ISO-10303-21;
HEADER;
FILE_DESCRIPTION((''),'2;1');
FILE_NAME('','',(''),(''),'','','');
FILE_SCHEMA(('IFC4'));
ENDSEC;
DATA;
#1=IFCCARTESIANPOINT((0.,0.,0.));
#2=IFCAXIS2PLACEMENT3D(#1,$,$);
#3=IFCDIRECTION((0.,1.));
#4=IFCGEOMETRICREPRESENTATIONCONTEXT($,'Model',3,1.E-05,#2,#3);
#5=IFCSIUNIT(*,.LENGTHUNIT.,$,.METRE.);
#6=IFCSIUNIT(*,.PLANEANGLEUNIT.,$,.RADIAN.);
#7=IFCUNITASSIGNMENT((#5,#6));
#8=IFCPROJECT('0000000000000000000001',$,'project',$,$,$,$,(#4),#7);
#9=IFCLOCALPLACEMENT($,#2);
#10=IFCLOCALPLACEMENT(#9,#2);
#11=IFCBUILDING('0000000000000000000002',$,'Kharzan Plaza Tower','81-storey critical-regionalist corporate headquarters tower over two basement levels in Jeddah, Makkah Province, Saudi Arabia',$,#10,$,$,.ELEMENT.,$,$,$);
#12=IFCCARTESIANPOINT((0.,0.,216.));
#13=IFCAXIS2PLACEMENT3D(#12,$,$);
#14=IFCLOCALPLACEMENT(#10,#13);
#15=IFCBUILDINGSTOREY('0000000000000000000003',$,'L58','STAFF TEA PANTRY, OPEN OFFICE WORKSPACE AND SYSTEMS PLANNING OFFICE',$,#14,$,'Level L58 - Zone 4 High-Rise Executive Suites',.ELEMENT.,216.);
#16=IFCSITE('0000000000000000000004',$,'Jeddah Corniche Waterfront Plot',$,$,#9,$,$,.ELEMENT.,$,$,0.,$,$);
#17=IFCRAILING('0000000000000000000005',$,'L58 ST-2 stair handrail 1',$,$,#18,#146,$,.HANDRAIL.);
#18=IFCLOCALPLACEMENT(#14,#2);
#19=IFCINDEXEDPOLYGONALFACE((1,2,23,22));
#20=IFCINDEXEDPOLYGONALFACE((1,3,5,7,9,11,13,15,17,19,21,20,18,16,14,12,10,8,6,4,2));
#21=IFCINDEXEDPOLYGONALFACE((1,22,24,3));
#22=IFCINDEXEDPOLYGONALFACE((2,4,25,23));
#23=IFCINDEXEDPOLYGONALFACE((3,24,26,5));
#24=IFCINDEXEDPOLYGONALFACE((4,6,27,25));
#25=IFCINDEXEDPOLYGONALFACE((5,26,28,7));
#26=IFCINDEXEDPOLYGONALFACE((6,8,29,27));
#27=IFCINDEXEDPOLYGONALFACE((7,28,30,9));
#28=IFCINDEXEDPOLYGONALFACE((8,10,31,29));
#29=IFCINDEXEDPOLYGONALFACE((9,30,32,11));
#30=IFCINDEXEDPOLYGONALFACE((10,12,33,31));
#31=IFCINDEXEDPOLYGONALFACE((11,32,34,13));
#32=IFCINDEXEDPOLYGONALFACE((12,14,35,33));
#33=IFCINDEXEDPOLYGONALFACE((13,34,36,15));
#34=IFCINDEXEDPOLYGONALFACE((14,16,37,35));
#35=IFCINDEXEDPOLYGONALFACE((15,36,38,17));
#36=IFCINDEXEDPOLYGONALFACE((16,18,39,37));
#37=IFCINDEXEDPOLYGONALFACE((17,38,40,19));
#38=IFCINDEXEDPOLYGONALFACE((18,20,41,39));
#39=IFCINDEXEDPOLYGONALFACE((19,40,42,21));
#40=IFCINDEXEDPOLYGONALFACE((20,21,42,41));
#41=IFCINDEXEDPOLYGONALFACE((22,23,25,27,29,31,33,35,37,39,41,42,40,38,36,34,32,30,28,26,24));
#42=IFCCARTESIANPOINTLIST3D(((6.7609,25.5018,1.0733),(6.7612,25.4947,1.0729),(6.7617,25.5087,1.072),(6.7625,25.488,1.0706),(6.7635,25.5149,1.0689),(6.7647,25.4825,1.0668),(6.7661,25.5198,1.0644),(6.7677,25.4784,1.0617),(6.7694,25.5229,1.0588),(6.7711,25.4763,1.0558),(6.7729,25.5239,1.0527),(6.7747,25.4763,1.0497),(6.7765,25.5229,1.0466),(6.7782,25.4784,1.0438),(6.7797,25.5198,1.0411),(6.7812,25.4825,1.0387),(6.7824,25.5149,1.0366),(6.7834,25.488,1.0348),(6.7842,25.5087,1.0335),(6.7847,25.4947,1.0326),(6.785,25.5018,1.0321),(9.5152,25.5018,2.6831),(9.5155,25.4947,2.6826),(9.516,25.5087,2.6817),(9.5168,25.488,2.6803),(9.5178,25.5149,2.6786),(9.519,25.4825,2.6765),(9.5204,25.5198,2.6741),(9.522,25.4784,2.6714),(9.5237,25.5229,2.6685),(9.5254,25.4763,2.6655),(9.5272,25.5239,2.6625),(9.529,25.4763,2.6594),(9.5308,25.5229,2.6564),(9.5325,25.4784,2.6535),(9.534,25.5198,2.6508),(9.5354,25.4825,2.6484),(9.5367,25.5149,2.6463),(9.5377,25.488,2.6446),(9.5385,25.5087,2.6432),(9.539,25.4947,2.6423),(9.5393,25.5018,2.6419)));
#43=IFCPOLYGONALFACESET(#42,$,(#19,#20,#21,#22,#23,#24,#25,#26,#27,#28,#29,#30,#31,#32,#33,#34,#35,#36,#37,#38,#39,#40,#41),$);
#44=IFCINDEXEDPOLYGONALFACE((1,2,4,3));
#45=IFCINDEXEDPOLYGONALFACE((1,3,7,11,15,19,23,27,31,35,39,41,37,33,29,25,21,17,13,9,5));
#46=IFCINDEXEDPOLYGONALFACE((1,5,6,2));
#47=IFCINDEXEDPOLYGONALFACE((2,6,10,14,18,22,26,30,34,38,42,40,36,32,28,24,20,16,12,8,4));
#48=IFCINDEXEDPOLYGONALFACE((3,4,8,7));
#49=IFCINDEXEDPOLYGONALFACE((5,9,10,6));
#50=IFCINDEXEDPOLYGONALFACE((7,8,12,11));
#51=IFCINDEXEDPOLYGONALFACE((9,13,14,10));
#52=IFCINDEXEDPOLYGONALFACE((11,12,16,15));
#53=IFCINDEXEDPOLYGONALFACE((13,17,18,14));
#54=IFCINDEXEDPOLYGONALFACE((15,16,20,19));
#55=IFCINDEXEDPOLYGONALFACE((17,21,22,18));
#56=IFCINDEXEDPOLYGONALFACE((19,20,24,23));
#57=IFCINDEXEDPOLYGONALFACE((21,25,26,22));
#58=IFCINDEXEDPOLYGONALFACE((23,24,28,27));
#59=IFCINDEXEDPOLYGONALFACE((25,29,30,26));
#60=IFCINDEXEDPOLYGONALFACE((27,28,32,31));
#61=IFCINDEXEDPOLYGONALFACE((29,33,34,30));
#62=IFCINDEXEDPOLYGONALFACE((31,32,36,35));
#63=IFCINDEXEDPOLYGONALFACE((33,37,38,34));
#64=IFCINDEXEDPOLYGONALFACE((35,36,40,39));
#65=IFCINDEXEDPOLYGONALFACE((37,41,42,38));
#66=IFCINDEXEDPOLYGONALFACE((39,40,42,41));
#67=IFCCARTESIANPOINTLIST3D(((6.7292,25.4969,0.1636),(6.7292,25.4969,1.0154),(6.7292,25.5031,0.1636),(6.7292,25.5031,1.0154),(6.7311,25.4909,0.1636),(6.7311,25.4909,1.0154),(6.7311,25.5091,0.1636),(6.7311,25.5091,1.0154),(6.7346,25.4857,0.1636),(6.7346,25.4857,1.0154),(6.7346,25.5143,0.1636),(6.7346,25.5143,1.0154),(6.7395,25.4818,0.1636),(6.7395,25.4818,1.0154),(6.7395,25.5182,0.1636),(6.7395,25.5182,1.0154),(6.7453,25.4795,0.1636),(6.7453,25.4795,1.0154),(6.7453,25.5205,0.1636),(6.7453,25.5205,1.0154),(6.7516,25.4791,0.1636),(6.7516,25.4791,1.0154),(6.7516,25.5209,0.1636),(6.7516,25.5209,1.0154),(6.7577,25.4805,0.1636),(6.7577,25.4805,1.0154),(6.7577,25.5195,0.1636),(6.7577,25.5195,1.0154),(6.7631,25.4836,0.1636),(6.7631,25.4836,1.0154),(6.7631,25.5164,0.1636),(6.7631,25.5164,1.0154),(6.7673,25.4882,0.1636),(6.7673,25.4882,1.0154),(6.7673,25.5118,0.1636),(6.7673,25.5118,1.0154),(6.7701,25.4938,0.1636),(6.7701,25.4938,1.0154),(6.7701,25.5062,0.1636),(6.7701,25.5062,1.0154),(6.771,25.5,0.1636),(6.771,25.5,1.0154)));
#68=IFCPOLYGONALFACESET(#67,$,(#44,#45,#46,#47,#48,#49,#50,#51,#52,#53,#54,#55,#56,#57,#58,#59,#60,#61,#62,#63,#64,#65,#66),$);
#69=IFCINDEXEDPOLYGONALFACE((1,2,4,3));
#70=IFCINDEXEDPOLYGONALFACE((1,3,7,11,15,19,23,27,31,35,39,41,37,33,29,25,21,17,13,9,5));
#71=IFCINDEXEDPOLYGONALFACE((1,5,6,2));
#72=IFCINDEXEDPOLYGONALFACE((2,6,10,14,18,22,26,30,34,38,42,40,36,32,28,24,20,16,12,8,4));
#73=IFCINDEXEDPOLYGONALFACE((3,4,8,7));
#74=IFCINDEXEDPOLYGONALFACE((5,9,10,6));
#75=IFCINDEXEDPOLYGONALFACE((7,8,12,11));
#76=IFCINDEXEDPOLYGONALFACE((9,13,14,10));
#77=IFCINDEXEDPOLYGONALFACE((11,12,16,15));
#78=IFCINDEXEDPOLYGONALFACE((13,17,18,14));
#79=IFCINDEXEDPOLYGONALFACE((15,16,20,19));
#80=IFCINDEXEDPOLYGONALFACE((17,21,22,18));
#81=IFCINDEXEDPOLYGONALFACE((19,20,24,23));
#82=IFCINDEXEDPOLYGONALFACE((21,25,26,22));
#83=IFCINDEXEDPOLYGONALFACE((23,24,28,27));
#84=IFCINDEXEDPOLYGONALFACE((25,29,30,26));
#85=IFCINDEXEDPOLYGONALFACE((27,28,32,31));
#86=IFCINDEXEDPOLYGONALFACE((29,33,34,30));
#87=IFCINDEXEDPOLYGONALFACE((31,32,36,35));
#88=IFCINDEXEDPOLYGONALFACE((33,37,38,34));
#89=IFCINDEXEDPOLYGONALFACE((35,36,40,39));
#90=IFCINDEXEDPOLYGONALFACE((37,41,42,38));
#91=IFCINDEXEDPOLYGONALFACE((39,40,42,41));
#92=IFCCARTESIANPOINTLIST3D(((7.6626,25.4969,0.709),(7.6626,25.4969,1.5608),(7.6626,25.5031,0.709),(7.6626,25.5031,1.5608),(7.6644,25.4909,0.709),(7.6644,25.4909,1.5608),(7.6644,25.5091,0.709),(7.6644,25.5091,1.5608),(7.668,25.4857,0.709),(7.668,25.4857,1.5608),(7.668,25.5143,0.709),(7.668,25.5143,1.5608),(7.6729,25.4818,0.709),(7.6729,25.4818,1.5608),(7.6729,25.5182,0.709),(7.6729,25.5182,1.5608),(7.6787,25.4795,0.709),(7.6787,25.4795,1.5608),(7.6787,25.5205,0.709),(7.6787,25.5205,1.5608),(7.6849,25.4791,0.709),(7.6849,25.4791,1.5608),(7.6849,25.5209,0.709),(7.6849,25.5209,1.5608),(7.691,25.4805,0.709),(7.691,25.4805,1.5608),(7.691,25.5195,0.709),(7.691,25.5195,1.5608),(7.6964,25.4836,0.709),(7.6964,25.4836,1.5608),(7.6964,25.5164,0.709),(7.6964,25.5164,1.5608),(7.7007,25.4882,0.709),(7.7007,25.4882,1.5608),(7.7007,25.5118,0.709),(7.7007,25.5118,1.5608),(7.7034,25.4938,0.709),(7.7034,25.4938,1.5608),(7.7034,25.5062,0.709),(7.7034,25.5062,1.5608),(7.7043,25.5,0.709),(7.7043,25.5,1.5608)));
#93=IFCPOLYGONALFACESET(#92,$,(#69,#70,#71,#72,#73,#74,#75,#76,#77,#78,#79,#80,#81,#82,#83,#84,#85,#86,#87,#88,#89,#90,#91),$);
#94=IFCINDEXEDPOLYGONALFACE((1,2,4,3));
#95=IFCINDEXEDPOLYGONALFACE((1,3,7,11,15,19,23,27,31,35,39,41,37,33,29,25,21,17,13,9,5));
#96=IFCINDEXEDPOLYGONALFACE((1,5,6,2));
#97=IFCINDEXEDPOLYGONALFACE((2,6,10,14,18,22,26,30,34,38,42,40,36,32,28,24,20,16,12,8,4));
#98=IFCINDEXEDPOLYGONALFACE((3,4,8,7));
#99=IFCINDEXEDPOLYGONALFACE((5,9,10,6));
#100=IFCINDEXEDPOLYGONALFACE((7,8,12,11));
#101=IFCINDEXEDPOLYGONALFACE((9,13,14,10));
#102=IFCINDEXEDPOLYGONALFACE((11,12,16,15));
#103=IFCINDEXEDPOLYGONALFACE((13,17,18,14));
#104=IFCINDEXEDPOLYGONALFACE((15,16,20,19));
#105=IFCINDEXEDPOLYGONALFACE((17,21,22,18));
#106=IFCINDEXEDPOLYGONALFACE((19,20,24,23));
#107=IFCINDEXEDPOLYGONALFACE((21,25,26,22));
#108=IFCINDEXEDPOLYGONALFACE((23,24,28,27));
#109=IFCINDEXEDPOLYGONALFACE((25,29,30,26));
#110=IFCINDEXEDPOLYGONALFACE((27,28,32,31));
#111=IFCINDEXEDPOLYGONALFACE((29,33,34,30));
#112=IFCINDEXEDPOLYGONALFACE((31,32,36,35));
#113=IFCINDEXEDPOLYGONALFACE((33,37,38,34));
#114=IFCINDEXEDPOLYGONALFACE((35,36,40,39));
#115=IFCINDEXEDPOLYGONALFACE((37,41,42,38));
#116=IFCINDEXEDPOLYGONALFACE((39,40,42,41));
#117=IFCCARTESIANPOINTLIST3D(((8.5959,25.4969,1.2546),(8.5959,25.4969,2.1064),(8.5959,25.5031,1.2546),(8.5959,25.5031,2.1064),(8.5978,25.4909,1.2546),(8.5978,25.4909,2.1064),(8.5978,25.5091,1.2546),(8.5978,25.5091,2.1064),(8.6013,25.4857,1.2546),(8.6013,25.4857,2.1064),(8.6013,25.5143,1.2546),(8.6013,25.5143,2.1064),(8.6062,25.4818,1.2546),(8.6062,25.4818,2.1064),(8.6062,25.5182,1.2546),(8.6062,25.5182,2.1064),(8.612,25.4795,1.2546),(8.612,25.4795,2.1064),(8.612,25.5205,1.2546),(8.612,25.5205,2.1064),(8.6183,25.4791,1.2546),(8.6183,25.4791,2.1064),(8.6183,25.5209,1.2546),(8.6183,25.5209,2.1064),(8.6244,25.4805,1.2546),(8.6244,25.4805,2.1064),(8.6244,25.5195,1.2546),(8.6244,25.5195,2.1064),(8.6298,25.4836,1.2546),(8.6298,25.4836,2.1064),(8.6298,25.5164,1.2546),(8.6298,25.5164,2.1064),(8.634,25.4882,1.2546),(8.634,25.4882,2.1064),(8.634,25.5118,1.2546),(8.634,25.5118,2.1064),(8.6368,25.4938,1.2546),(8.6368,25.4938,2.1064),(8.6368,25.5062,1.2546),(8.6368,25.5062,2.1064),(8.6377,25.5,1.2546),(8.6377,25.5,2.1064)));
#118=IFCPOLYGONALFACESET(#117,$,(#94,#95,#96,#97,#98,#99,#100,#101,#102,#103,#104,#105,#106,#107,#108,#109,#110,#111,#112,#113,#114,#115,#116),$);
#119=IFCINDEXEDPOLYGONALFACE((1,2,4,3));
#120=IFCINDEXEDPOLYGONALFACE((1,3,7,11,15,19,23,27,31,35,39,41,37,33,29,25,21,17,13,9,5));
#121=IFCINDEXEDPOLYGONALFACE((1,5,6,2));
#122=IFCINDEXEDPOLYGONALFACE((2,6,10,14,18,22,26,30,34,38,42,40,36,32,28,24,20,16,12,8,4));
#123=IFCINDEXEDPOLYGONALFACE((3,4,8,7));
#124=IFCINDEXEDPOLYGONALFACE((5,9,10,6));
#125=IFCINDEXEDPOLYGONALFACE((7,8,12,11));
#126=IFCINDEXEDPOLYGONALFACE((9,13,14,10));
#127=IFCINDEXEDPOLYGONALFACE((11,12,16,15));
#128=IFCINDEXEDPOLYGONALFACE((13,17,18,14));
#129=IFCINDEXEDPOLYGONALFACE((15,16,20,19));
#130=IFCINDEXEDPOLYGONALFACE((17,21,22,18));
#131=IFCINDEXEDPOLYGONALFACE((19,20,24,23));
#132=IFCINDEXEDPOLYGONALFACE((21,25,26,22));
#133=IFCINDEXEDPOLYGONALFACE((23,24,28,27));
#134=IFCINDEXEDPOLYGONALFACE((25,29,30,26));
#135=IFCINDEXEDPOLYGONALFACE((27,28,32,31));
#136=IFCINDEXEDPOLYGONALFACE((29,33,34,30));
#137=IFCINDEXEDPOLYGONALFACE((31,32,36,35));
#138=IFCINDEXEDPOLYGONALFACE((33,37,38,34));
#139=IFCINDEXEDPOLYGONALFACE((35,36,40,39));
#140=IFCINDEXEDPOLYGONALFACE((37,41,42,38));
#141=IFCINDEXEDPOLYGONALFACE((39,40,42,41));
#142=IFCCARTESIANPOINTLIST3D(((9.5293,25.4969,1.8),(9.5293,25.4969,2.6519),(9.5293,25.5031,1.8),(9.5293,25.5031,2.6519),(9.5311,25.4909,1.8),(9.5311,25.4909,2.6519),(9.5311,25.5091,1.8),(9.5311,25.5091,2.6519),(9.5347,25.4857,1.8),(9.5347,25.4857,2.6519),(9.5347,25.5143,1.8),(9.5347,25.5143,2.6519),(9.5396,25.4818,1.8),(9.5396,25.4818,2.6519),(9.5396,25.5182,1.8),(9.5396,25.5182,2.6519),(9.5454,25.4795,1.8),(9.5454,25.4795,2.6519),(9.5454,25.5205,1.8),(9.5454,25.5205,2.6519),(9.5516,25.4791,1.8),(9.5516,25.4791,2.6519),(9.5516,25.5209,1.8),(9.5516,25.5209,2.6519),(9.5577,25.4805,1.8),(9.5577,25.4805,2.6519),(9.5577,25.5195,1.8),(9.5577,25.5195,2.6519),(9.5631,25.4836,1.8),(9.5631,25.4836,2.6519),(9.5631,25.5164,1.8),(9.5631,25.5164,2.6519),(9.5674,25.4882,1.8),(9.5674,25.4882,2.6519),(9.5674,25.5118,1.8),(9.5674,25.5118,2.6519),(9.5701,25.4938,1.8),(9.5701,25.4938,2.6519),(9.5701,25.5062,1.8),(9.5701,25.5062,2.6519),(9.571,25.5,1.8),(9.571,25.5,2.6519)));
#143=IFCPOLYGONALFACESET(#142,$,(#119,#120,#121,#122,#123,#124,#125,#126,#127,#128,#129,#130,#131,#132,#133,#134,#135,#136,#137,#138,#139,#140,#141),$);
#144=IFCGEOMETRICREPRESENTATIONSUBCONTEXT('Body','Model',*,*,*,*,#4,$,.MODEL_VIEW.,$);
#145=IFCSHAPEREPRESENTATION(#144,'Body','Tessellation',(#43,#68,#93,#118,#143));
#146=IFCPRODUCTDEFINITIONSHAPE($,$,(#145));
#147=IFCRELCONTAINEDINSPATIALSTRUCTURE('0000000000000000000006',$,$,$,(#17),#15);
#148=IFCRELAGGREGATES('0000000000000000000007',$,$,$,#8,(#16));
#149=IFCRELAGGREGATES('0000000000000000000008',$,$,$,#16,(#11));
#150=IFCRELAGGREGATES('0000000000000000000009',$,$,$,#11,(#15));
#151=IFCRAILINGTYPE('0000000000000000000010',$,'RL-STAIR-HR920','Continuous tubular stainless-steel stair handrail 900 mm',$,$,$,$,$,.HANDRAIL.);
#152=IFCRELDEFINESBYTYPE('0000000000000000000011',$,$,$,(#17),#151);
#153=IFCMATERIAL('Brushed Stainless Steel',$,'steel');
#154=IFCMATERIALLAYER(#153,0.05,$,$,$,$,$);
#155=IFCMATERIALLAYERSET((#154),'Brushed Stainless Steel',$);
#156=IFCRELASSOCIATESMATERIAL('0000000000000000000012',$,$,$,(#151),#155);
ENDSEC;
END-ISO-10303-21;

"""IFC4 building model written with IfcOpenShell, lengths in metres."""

from ifc_helpers import new_model, si_unit, direction, frame, origin, origin_2d, place, context, subcontext, project, spatial, circle, extrude, source, transform, mapped, material, layer, layer_set, type_object, element, save


model = new_model("IFC4")

# Units and contexts
model_context = context("Model", 3, precision=1e-05, world=origin(), true_north=direction((0.0, 1.0)))
body_context = subcontext(model_context, "Body", "Model", "MODEL_VIEW")
ifc_project = project(units=[si_unit("LENGTHUNIT", "METRE"), si_unit("PLANEANGLEUNIT", "RADIAN")], contexts=[model_context])

# Site, building, storey
site_placement = place(None, origin())
site = spatial("IfcSite", under=ifc_project, at=site_placement, Name="Jeddah Corniche Waterfront Plot", CompositionType="ELEMENT", RefElevation=0.0)
building_placement = place(site_placement, origin())
building = spatial("IfcBuilding", under=site, at=building_placement, Name="Kharzan Plaza Tower", Description="81-storey critical-regionalist corporate headquarters tower over two basement levels in Jeddah, Makkah Province, Saudi Arabia", CompositionType="ELEMENT")
storey_placement = place(building_placement, frame((0.0, 0.0, 216.0)))
storey = spatial("IfcBuildingStorey", under=building, at=storey_placement, Name="L58", Description="STAFF TEA PANTRY, OPEN OFFICE WORKSPACE AND SYSTEMS PLANNING OFFICE", LongName="Level L58 - Zone 4 High-Rise Executive Suites", CompositionType="ELEMENT", Elevation=216.0)

# Shared definitions
ifc_material_1 = material(Name="Brushed Stainless Steel", Category="steel")

# Railing
ifc_layer_1 = layer(ifc_material_1, 0.05)
ifc_layer_set_1 = layer_set([ifc_layer_1], Name="Brushed Stainless Steel")
railing_type_1 = type_object("IfcRailingType", Name="RL-STAIR-HR920", Description="Continuous tubular stainless-steel stair handrail 900 mm", PredefinedType="HANDRAIL", material=ifc_layer_set_1)
shared_shape_1 = source(origin(), body_context, "Body", "SweptSolid", [
    extrude(circle(Radius=0.0239, at=origin_2d()), frame((0.0229, 0.0, 0.8892), z_axis=(0.863361, 0.0, 0.504587), x_axis=(0.0, 1.0, 0.0)), (0.0, 0.0, 1.0), 3.1902),
    extrude(circle(Radius=0.021, at=origin_2d()), origin(), (0.0, 0.0, 1.0), 0.8518),
    extrude(circle(Radius=0.021, at=origin_2d()), frame((0.9333, 0.0, 0.5454)), (0.0, 0.0, 1.0), 0.8518),
    extrude(circle(Radius=0.021, at=origin_2d()), frame((1.8667, 0.0, 1.0911)), (0.0, 0.0, 1.0), 0.8518),
    extrude(circle(Radius=0.021, at=origin_2d()), frame((2.8, 0.0, 1.6365)), (0.0, 0.0, 1.0), 0.8518),
])
railing_1_placement = place(storey_placement, frame((6.75, 25.5, 0.1636)))
element("IfcRailing", 1, at=railing_1_placement, inside=storey, type_object=railing_type_1, Name="L58 ST-2 stair handrail 1", PredefinedType="HANDRAIL", context=body_context, shape_type="MappedRepresentation", body=[
    mapped(shared_shape_1, transform((0.0, 0.0, 0.0), x_axis=(1.0, 0.0, 0.0), y_axis=(0.0, 1.0, 0.0), z_axis=(0.0, 0.0, 1.0))),
])

save(model, "model.ifc")
